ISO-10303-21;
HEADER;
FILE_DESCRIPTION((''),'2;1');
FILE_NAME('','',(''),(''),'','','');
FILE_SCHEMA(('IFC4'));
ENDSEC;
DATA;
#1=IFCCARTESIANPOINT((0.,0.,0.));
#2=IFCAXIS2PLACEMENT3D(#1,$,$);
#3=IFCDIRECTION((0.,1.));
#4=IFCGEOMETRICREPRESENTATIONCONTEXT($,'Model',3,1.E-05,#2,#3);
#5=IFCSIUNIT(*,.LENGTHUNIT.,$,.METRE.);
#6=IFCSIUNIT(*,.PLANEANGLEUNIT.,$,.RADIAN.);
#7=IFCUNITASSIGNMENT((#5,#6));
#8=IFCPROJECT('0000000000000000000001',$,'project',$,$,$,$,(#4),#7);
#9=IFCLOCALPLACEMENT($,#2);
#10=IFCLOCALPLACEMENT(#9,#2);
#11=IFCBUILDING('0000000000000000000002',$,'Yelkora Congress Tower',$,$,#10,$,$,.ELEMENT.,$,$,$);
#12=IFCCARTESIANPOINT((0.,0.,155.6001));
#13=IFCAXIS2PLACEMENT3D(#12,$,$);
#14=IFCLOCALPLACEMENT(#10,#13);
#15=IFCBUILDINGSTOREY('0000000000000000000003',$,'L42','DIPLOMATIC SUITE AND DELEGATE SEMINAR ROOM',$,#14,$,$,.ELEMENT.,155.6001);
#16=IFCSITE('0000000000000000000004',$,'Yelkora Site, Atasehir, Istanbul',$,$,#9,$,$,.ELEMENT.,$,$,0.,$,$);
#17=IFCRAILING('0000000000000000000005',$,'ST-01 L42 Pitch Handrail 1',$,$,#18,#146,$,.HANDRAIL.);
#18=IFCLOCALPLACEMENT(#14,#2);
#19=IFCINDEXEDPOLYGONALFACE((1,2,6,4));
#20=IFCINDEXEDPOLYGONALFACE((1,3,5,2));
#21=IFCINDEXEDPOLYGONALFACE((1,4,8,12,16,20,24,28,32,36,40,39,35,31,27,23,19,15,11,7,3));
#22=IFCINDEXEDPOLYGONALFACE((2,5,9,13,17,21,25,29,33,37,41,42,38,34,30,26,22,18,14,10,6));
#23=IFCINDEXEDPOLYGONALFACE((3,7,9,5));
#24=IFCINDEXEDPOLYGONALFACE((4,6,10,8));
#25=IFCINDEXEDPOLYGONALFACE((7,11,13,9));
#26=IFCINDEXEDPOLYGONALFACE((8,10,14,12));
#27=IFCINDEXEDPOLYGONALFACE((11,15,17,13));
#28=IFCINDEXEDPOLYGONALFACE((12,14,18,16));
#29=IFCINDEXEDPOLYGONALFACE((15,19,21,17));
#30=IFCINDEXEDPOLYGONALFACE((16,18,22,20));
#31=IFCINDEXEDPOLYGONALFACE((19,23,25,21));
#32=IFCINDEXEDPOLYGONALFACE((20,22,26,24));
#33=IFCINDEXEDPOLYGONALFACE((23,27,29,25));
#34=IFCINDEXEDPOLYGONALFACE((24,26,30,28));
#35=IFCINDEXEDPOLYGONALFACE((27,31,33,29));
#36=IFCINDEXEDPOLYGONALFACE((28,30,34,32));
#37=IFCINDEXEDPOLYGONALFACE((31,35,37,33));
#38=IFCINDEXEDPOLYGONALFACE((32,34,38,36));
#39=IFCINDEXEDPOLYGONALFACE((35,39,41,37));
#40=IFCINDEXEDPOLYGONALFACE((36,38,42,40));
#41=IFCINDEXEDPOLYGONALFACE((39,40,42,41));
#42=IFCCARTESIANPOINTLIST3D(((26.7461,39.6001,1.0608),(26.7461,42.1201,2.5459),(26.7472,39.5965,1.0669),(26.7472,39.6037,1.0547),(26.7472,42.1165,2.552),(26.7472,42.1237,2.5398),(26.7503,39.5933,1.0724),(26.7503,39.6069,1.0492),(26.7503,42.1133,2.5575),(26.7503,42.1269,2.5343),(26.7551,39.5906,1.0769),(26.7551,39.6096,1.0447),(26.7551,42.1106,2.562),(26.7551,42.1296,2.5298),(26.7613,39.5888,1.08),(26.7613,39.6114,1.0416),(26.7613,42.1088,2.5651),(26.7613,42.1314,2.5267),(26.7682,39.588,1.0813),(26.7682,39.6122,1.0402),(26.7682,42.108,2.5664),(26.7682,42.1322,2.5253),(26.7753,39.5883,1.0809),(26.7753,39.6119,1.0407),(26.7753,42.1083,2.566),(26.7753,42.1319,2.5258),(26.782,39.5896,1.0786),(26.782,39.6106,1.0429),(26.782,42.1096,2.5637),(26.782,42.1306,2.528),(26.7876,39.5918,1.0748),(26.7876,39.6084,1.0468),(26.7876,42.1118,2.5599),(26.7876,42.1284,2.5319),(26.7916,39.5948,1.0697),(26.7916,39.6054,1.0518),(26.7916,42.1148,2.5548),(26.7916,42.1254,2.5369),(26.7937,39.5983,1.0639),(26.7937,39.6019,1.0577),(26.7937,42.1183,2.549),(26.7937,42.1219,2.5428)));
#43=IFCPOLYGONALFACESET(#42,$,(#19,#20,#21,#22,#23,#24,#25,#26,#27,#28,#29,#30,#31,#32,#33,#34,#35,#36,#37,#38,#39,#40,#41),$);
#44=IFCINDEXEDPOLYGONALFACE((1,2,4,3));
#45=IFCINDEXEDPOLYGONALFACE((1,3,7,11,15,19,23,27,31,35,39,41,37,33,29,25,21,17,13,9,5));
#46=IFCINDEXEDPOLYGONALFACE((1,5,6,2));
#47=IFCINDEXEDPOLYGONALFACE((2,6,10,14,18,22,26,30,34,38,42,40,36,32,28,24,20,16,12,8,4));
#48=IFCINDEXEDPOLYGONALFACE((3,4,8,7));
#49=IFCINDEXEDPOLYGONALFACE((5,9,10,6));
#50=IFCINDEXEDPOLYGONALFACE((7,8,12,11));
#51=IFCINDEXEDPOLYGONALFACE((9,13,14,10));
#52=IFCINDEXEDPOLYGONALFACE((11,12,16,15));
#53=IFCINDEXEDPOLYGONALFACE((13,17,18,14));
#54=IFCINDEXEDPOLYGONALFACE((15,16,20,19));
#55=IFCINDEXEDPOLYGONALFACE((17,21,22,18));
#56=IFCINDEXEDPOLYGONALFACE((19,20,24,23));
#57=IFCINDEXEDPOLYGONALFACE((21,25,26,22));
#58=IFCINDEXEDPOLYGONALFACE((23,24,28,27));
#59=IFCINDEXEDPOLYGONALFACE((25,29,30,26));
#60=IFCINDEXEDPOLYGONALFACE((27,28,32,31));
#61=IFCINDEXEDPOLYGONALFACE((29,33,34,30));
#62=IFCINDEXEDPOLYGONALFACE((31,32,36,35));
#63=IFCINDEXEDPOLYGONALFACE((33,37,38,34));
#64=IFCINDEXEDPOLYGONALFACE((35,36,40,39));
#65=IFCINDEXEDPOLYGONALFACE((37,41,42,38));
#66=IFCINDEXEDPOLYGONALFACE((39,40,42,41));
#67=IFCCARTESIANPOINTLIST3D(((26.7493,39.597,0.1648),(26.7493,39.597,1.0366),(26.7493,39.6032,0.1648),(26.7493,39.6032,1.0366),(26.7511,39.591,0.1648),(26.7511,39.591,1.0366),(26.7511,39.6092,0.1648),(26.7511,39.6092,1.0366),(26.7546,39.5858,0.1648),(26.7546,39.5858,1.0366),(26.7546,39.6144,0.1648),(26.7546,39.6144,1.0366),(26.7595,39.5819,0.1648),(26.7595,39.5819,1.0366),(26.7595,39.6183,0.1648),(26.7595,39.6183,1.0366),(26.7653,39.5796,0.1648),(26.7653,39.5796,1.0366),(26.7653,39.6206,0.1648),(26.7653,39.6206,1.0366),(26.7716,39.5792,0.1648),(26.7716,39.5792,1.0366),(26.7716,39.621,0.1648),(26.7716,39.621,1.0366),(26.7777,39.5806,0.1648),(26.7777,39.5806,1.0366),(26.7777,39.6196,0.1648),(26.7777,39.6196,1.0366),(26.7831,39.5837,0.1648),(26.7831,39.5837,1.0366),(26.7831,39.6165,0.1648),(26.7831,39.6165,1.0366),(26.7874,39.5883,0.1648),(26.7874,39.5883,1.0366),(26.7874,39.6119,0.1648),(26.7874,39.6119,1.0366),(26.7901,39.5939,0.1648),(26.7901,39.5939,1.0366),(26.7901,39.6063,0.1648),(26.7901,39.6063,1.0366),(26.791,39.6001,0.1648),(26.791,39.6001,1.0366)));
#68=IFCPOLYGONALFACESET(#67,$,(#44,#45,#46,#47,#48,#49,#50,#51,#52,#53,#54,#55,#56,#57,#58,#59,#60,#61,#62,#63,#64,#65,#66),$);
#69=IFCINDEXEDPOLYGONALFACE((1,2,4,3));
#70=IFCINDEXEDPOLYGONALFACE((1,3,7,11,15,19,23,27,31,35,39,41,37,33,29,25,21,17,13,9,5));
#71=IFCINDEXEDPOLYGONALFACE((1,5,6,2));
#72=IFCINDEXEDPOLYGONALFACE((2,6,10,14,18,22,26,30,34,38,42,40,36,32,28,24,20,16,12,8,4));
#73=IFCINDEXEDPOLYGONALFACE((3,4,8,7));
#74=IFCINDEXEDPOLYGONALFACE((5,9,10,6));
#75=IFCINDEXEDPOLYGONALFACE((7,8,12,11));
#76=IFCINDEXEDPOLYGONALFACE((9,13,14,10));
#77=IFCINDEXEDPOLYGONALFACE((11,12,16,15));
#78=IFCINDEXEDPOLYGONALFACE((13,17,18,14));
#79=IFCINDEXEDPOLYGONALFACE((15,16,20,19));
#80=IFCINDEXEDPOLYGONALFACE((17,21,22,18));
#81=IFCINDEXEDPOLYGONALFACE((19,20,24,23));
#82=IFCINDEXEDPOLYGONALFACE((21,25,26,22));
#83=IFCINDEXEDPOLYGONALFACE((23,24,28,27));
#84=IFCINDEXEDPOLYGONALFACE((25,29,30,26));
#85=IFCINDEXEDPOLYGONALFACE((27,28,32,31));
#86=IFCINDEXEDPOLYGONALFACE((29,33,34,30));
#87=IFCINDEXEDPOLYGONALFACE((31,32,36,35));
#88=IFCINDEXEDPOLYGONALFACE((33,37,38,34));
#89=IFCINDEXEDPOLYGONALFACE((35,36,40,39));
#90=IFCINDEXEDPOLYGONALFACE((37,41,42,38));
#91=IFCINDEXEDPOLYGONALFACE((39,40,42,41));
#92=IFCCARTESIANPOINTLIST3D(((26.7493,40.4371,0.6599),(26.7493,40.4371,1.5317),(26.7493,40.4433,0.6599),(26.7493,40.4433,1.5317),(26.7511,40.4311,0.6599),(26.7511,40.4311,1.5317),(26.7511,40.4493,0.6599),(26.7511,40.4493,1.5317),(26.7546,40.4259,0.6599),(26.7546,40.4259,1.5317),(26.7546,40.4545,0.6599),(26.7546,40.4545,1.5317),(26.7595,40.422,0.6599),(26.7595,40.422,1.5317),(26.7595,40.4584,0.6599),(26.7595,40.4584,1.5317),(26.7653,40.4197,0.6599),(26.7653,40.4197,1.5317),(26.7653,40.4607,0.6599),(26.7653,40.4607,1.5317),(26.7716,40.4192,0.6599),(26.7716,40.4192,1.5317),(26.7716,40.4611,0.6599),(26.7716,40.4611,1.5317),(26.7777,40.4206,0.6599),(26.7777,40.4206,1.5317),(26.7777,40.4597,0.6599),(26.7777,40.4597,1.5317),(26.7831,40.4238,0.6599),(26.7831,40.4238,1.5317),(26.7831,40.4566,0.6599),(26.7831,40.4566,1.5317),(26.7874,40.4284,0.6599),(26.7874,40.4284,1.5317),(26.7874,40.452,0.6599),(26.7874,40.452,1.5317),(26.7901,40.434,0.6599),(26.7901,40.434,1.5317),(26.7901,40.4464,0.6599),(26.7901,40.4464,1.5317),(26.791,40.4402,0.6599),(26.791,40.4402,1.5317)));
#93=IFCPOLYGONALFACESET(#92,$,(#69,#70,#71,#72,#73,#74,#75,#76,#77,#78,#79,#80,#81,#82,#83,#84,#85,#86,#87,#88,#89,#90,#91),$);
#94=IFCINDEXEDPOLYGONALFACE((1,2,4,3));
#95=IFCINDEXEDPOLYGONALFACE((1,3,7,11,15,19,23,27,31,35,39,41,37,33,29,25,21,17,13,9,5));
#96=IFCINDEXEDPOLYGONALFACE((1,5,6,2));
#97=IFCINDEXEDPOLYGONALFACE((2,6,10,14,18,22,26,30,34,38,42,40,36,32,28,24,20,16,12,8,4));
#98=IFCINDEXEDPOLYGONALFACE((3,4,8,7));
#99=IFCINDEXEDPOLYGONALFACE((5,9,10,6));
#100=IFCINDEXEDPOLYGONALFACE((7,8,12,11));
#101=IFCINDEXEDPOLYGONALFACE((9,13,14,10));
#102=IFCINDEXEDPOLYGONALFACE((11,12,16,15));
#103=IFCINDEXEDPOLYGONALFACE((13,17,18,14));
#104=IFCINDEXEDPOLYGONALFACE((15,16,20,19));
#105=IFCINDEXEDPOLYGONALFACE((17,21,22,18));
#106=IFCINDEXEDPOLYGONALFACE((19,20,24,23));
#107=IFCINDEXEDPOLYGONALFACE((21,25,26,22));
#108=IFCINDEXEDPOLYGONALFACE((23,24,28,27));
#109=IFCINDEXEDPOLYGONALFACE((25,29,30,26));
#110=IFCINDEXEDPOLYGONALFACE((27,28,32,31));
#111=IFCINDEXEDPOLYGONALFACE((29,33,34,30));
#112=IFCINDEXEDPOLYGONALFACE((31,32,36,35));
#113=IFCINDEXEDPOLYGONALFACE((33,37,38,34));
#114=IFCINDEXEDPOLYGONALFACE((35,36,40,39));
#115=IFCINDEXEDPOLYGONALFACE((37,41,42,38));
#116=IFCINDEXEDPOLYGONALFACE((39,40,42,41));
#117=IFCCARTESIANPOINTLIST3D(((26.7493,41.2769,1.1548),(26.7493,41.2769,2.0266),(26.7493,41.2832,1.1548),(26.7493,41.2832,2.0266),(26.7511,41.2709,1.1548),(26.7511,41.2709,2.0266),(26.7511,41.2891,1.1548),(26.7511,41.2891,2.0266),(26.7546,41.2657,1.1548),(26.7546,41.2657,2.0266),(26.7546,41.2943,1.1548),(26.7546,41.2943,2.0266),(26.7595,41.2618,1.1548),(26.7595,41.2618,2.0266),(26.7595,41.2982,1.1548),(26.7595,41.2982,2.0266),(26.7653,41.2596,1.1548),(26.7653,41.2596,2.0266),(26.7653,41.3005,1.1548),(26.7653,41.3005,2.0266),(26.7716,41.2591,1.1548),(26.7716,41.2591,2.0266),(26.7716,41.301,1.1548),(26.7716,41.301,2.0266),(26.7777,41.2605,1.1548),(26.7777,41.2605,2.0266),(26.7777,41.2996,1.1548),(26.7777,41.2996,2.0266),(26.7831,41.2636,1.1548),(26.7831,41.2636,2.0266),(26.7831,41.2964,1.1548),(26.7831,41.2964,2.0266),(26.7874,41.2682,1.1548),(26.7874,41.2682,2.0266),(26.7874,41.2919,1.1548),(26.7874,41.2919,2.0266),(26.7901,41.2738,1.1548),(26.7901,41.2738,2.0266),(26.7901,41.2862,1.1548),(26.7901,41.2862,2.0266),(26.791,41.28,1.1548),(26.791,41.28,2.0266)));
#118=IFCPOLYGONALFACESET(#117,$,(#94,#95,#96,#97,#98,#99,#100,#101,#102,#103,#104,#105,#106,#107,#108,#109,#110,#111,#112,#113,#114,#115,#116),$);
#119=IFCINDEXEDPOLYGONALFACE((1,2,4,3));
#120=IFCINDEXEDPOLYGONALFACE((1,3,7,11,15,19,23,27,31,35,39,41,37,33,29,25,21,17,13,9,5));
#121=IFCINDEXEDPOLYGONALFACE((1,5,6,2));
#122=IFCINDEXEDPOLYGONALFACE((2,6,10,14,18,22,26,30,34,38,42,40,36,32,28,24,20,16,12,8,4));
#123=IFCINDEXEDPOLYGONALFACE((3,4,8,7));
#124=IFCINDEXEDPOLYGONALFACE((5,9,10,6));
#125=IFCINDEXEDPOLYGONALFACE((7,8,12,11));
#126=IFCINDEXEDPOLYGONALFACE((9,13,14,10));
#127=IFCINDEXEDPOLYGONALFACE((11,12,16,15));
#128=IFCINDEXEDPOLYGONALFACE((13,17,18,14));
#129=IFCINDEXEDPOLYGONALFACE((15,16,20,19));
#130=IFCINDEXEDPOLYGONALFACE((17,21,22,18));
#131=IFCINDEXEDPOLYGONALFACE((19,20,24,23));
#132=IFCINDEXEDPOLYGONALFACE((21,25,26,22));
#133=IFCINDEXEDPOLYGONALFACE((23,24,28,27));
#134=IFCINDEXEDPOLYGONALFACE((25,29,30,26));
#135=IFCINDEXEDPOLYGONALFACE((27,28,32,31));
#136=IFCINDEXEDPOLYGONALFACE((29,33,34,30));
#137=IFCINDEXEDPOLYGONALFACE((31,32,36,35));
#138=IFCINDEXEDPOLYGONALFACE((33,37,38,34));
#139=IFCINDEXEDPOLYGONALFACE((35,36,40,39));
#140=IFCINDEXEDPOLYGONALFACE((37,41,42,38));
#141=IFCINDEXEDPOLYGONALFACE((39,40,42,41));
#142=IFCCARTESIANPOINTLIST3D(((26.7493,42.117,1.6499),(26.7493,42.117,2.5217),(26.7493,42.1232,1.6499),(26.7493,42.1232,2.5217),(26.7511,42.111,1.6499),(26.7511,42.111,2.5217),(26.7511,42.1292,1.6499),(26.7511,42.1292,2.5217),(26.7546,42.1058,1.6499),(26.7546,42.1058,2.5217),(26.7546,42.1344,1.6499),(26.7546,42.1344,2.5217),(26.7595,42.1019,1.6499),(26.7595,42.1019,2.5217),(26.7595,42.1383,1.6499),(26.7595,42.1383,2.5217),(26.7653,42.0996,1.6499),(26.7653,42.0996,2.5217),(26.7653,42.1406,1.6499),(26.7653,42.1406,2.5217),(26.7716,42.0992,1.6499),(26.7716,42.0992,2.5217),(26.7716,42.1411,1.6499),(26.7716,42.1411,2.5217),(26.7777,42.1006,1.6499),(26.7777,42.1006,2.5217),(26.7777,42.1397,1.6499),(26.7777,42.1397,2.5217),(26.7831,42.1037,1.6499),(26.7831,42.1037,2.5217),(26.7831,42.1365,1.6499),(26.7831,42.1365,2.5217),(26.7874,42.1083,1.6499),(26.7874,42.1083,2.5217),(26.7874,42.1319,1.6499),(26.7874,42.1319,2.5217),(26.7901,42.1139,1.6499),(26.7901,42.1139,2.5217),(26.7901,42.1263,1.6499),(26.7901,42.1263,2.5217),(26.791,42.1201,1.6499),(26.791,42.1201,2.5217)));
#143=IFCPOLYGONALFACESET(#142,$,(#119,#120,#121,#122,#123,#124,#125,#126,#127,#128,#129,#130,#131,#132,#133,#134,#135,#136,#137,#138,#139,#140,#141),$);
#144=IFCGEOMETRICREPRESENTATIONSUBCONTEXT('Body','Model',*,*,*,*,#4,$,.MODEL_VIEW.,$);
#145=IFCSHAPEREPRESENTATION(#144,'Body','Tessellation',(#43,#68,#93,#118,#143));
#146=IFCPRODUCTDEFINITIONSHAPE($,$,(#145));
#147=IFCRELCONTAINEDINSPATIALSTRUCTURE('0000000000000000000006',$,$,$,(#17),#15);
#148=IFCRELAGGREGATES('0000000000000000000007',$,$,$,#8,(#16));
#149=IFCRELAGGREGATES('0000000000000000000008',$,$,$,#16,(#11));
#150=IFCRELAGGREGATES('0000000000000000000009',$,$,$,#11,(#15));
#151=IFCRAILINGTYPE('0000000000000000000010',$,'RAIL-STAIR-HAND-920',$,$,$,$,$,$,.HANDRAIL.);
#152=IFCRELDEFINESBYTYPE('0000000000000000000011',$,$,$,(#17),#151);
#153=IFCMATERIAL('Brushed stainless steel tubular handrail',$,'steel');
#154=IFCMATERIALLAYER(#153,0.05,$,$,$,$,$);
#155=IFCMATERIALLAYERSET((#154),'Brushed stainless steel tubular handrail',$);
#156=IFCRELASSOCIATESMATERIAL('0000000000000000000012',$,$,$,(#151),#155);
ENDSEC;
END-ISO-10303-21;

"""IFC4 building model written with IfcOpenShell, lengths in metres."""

from ifc_helpers import new_model, si_unit, direction, frame, origin, origin_2d, place, context, subcontext, project, spatial, circle, extrude, material, layer, layer_set, type_object, element, save


model = new_model("IFC4")

# Units and contexts
model_context = context("Model", 3, precision=1e-05, world=origin(), true_north=direction((0.0, 1.0)))
body_context = subcontext(model_context, "Body", "Model", "MODEL_VIEW")
ifc_project = project(units=[si_unit("LENGTHUNIT", "METRE"), si_unit("PLANEANGLEUNIT", "RADIAN")], contexts=[model_context])

# Site, building, storey
site_placement = place(None, origin())
site = spatial("IfcSite", under=ifc_project, at=site_placement, Name="Yelkora Site, Atasehir, Istanbul", CompositionType="ELEMENT", RefElevation=0.0)
building_placement = place(site_placement, origin())
building = spatial("IfcBuilding", under=site, at=building_placement, Name="Yelkora Congress Tower", CompositionType="ELEMENT")
storey_placement = place(building_placement, frame((0.0, 0.0, 155.6001)))
storey = spatial("IfcBuildingStorey", under=building, at=storey_placement, Name="L42", Description="DIPLOMATIC SUITE AND DELEGATE SEMINAR ROOM", CompositionType="ELEMENT", Elevation=155.6001)

# Railing
ifc_material_1 = material(Name="Brushed stainless steel tubular handrail", Category="steel")
ifc_layer_1 = layer(ifc_material_1, 0.05)
ifc_layer_set_1 = layer_set([ifc_layer_1], Name="Brushed stainless steel tubular handrail")
railing_type_1 = type_object("IfcRailingType", Name="RAIL-STAIR-HAND-920", PredefinedType="HANDRAIL", material=ifc_layer_set_1)
railing_1_placement = place(storey_placement, frame((26.77, 39.6001, 0.1648)))
element("IfcRailing", 1, at=railing_1_placement, inside=storey, type_object=railing_type_1, Name="ST-01 L42 Pitch Handrail 1", PredefinedType="HANDRAIL", context=body_context, shape_type="SweptSolid", body=[
    extrude(circle(Radius=0.0239, at=origin_2d()), frame((0.0, 0.0, 0.896), z_axis=(0.0, 0.861524, 0.507717), x_axis=(-1.0, 0.0, 0.0)), (0.0, 0.0, 1.0), 2.925),
    extrude(circle(Radius=0.021, at=origin_2d()), origin(), (0.0, 0.0, 1.0), 0.8718),
    extrude(circle(Radius=0.021, at=origin_2d()), frame((0.0, 0.8401, 0.4951)), (0.0, 0.0, 1.0), 0.8718),
    extrude(circle(Radius=0.021, at=origin_2d()), frame((0.0, 1.6799, 0.99)), (0.0, 0.0, 1.0), 0.8718),
    extrude(circle(Radius=0.021, at=origin_2d()), frame((0.0, 2.52, 1.4851)), (0.0, 0.0, 1.0), 0.8718),
])

save(model, "model.ifc")
